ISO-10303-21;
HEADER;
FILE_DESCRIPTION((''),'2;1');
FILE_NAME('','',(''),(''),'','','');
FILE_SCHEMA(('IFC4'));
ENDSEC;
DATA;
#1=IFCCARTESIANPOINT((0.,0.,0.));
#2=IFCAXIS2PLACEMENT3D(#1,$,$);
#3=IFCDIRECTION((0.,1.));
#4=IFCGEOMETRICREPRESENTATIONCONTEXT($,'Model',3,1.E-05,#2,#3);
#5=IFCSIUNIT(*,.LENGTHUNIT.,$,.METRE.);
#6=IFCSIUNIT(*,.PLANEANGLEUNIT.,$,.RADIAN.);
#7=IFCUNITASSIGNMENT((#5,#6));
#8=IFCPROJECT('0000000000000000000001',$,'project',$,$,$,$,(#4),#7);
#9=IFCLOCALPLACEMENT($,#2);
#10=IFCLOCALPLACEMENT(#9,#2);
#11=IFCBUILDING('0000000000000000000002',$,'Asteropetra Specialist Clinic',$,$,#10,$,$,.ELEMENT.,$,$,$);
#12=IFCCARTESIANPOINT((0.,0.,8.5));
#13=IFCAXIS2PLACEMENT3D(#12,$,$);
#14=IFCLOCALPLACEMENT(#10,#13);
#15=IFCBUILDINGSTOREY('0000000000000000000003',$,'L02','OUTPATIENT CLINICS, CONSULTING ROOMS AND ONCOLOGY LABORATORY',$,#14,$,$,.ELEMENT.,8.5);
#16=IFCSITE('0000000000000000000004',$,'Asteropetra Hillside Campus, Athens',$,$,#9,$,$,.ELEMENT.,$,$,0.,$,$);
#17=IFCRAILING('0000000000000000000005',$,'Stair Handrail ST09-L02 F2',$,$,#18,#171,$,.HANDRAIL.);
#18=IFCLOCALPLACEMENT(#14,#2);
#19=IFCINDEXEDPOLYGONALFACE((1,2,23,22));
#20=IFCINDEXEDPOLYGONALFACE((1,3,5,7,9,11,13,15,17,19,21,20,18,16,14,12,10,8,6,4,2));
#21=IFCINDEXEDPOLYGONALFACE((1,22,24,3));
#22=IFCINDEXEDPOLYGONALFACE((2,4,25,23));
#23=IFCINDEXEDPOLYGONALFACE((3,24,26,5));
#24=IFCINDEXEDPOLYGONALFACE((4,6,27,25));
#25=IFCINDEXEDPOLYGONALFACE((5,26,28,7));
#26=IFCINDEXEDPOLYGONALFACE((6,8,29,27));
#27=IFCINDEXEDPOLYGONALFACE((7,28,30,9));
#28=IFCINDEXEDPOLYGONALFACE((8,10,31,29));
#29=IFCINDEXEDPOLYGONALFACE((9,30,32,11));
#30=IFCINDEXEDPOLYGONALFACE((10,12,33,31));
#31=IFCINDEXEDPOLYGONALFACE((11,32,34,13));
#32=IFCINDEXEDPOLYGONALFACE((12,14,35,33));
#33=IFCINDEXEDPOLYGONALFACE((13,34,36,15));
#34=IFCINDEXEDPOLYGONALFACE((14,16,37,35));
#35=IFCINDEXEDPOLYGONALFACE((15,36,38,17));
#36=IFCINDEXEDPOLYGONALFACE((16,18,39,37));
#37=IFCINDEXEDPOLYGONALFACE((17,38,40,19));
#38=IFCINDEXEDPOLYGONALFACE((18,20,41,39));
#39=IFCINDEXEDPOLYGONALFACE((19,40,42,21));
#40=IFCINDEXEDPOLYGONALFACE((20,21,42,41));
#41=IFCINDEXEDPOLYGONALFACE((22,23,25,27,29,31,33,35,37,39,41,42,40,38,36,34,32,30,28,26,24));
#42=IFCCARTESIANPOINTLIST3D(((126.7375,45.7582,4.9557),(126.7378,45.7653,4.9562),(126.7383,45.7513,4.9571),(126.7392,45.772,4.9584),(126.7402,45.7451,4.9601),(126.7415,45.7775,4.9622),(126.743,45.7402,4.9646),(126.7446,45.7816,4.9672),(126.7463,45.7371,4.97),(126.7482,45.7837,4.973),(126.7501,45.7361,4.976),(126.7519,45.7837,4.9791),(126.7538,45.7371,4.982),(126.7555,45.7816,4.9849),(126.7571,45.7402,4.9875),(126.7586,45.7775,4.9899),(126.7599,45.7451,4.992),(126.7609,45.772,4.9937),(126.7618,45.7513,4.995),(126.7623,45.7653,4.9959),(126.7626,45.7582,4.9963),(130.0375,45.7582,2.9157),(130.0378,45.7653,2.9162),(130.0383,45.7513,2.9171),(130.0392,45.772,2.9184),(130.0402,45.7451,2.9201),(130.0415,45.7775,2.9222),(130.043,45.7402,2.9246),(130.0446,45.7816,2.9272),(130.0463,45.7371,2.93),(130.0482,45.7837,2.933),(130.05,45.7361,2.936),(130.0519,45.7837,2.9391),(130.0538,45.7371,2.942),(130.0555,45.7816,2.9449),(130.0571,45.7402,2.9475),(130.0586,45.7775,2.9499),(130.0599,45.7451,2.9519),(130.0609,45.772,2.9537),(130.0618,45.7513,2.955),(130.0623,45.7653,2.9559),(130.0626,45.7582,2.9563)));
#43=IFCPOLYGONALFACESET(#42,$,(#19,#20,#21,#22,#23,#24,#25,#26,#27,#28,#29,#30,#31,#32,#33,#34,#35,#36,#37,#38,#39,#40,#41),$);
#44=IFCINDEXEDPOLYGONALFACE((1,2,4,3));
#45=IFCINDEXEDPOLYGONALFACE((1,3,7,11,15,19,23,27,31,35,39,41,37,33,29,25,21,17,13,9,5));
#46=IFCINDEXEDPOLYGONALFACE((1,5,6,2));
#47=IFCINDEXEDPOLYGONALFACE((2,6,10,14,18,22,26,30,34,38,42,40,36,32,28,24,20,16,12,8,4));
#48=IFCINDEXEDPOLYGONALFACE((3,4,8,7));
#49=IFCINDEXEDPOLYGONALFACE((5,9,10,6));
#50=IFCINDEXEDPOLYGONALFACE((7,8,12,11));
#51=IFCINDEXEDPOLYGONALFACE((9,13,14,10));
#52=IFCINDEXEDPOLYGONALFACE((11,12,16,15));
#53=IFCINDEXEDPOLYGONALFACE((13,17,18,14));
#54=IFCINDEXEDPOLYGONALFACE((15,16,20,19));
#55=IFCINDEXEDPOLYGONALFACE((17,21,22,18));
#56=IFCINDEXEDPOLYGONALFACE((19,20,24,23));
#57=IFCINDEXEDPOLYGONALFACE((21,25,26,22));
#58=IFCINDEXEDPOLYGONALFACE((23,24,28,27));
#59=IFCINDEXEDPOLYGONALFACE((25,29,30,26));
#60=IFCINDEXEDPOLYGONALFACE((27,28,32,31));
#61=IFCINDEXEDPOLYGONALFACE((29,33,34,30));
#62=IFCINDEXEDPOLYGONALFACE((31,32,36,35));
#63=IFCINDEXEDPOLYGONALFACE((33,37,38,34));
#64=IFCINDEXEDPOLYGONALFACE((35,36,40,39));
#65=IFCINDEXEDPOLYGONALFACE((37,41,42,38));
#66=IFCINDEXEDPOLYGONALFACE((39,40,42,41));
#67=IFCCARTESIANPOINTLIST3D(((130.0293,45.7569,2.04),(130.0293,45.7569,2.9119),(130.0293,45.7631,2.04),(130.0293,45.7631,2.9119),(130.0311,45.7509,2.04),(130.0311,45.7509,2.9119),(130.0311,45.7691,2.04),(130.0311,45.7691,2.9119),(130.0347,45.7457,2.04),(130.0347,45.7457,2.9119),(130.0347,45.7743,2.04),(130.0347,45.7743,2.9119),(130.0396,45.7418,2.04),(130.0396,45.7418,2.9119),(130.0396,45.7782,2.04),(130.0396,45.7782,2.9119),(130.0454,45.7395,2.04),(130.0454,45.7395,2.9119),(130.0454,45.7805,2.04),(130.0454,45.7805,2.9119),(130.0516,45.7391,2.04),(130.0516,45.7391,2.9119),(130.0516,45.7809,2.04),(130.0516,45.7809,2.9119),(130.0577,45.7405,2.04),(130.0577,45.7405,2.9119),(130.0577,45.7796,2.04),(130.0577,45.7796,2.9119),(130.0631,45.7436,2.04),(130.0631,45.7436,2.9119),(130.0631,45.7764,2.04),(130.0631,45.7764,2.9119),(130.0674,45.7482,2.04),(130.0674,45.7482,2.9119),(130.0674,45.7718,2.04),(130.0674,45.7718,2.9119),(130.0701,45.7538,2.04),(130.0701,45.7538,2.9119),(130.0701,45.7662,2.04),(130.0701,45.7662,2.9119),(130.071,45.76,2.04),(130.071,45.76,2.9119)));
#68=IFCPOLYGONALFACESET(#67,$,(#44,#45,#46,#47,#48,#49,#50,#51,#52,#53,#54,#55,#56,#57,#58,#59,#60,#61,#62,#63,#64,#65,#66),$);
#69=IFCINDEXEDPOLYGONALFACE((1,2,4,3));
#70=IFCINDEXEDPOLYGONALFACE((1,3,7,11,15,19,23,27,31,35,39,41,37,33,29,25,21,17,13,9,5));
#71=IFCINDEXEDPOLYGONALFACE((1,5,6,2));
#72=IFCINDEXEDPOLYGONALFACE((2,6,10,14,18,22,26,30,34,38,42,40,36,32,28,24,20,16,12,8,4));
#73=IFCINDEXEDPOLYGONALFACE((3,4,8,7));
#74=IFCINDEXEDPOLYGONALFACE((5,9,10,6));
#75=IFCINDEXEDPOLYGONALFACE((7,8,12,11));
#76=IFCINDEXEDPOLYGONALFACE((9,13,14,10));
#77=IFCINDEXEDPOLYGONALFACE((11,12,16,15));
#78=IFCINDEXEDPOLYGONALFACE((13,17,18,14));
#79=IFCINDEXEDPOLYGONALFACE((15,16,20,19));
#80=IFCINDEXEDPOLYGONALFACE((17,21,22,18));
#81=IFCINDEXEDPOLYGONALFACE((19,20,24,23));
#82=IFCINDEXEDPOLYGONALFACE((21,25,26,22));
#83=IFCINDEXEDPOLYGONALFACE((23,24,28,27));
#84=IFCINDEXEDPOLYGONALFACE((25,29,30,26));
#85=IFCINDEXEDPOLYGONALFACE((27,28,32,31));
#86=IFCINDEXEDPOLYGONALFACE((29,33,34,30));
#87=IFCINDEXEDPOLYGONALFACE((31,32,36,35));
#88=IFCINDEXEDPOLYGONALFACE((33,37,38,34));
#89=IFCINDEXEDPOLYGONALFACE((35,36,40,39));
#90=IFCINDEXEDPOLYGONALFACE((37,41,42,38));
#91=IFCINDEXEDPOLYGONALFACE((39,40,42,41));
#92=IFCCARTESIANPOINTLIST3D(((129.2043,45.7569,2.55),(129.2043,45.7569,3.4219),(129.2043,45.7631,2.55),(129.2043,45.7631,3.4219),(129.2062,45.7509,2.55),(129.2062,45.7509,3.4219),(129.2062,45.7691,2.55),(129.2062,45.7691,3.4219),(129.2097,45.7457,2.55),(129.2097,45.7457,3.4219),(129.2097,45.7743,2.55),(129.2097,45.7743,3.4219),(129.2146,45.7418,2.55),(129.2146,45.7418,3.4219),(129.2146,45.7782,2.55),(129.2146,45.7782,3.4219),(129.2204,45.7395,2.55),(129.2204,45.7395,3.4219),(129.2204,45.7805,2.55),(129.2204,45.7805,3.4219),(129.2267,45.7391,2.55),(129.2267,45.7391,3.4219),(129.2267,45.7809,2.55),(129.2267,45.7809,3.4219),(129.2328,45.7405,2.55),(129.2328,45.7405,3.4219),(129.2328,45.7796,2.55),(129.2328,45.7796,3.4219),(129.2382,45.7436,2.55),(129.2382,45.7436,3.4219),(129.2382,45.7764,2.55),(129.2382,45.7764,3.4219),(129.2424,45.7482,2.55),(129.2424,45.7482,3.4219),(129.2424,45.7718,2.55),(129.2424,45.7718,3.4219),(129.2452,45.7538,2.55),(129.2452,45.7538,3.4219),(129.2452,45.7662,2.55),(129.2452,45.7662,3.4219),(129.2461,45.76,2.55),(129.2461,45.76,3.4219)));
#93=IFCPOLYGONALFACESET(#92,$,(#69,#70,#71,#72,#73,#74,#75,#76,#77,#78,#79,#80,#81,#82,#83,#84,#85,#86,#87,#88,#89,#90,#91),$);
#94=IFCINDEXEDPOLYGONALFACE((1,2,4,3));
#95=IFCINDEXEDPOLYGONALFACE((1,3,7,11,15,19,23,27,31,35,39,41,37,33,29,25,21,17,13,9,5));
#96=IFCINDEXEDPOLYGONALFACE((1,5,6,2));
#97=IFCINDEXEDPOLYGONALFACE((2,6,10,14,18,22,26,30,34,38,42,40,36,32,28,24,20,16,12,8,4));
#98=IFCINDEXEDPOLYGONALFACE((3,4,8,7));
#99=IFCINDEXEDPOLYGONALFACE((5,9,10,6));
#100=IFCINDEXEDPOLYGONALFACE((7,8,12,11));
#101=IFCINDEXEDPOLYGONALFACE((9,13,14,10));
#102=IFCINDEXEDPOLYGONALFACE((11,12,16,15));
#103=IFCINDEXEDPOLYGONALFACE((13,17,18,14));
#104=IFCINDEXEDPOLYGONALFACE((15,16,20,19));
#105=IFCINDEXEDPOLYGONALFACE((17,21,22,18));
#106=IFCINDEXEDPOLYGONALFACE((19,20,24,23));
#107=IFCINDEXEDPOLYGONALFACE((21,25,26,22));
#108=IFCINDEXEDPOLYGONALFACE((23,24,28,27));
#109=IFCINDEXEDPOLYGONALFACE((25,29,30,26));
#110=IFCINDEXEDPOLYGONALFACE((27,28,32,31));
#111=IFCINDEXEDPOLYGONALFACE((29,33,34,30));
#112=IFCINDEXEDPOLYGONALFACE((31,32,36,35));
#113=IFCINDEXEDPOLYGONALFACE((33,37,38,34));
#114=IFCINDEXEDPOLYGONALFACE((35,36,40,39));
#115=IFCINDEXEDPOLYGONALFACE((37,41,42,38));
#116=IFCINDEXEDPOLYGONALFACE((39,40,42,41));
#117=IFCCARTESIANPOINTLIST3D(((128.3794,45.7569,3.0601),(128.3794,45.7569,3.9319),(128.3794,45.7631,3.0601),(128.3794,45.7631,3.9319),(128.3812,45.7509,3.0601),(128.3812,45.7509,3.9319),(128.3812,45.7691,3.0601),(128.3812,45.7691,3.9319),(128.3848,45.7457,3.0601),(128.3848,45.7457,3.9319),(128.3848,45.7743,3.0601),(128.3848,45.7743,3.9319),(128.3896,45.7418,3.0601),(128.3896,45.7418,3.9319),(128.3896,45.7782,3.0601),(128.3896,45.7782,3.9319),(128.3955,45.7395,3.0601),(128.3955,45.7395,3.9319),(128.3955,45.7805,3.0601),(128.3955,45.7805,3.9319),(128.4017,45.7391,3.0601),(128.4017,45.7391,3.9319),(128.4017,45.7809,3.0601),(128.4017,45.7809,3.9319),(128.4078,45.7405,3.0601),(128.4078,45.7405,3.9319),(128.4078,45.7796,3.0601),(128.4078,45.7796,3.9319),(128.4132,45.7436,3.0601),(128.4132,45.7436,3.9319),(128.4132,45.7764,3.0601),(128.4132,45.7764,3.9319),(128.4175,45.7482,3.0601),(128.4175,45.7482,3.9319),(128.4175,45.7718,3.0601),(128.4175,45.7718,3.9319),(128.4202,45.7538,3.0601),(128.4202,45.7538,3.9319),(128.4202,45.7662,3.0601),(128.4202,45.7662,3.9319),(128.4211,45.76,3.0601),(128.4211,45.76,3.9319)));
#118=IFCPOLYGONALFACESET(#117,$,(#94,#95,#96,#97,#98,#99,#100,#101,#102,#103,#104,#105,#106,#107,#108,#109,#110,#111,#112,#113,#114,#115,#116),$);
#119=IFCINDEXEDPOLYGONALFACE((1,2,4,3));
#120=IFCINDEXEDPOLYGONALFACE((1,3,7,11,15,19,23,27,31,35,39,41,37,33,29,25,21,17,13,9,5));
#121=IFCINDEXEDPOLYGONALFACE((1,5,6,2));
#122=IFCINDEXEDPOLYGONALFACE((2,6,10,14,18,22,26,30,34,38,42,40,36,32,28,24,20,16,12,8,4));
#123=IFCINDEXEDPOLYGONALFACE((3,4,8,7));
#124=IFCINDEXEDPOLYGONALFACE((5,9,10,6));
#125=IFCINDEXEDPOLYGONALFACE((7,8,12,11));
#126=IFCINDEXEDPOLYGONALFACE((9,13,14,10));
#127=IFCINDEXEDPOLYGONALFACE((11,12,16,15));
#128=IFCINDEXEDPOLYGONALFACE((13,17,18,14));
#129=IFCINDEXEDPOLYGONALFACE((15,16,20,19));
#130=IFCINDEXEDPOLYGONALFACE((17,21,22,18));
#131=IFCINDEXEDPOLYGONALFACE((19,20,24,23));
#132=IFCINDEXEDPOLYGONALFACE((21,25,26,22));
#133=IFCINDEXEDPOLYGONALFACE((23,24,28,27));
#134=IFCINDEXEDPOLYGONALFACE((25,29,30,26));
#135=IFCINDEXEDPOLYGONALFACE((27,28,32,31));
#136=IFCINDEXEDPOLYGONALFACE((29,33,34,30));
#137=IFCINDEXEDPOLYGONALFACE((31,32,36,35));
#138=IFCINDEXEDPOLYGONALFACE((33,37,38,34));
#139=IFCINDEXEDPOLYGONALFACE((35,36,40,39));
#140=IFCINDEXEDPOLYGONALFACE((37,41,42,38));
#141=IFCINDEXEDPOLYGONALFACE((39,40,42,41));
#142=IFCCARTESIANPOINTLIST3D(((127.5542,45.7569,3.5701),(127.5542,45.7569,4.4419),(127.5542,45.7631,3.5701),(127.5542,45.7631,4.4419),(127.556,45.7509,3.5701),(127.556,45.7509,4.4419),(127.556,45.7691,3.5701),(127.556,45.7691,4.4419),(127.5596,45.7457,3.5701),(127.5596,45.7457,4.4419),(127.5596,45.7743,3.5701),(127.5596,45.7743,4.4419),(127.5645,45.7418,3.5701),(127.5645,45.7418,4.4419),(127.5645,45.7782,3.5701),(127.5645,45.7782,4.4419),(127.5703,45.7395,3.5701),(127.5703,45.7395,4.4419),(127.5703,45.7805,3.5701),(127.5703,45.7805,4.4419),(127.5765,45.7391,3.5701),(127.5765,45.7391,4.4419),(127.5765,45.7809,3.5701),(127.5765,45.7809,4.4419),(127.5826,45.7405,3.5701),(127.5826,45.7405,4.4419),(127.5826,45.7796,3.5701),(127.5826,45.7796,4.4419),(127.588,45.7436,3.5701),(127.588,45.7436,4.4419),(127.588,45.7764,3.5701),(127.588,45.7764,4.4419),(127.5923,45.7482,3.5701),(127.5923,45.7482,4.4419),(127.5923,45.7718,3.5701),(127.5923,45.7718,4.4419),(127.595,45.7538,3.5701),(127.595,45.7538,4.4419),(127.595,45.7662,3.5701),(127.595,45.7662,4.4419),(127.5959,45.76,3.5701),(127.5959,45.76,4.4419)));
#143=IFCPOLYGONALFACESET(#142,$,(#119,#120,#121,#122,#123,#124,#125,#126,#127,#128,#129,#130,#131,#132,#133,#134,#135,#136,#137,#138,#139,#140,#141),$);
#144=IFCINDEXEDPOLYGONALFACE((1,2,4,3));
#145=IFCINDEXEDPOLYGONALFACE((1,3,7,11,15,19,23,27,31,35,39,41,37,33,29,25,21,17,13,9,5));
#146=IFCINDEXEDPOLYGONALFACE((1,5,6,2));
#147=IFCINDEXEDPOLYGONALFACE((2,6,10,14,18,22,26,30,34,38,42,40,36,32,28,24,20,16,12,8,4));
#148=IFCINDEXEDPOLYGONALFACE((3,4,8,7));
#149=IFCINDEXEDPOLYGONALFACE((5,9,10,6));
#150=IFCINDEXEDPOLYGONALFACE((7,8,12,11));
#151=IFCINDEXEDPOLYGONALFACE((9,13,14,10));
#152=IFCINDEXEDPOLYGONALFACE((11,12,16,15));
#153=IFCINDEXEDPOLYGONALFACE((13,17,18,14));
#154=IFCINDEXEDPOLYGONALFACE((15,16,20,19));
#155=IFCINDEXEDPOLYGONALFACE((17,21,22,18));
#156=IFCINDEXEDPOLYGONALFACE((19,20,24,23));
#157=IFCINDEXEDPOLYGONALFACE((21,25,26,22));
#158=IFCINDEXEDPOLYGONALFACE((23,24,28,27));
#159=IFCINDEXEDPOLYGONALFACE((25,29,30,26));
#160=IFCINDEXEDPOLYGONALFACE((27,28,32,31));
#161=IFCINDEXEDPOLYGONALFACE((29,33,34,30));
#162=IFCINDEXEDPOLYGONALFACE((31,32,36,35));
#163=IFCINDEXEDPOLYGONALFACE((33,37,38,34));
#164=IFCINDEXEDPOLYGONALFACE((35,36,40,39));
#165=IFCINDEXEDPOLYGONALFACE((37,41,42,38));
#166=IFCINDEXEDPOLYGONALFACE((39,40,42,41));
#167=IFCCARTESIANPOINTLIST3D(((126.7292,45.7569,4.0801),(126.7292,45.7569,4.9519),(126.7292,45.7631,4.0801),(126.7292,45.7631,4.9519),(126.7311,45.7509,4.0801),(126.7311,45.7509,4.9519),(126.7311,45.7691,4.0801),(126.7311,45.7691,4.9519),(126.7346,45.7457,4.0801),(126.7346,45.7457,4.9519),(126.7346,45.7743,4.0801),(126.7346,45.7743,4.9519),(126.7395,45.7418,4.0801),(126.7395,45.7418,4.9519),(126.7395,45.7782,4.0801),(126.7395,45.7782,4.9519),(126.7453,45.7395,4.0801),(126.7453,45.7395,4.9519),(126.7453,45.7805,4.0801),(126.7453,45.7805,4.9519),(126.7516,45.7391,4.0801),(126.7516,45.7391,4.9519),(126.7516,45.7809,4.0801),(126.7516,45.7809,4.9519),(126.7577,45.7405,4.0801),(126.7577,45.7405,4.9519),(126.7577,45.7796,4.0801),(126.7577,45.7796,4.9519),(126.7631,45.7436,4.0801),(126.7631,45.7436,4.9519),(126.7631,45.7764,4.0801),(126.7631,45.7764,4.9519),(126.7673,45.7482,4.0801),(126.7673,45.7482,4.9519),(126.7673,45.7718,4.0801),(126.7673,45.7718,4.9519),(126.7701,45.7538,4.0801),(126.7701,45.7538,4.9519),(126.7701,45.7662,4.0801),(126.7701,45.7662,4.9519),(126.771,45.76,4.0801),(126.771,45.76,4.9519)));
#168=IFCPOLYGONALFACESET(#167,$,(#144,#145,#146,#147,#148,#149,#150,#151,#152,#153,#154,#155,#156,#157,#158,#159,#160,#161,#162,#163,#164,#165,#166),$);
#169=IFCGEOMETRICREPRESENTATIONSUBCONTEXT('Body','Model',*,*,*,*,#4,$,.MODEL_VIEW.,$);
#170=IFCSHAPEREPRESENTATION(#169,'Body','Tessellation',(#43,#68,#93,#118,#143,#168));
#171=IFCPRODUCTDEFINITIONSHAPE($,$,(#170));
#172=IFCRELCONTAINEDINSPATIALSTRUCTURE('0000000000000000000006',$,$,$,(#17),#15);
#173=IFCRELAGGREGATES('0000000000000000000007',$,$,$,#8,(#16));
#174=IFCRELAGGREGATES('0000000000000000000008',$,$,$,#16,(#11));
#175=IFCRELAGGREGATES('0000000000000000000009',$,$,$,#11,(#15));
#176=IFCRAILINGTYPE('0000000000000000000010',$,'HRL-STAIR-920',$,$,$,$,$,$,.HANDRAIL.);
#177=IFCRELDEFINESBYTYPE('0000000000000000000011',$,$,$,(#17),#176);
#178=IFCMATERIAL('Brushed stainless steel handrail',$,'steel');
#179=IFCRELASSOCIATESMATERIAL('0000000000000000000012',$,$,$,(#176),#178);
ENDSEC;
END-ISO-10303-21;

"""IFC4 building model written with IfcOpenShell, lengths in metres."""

from ifc_helpers import new_model, si_unit, direction, frame, origin, origin_2d, place, context, subcontext, project, spatial, circle, extrude, material, type_object, element, save


model = new_model("IFC4")

# Units and contexts
model_context = context("Model", 3, precision=1e-05, world=origin(), true_north=direction((0.0, 1.0)))
body_context = subcontext(model_context, "Body", "Model", "MODEL_VIEW")
ifc_project = project(units=[si_unit("LENGTHUNIT", "METRE"), si_unit("PLANEANGLEUNIT", "RADIAN")], contexts=[model_context])

# Site, building, storey
site_placement = place(None, origin())
site = spatial("IfcSite", under=ifc_project, at=site_placement, Name="Asteropetra Hillside Campus, Athens", CompositionType="ELEMENT", RefElevation=0.0)
building_placement = place(site_placement, origin())
building = spatial("IfcBuilding", under=site, at=building_placement, Name="Asteropetra Specialist Clinic", CompositionType="ELEMENT")
storey_placement = place(building_placement, frame((0.0, 0.0, 8.5)))
storey = spatial("IfcBuildingStorey", under=building, at=storey_placement, Name="L02", Description="OUTPATIENT CLINICS, CONSULTING ROOMS AND ONCOLOGY LABORATORY", CompositionType="ELEMENT", Elevation=8.5)

# Railing
ifc_material_1 = material(Name="Brushed stainless steel handrail", Category="steel")
railing_type_1 = type_object("IfcRailingType", Name="HRL-STAIR-920", PredefinedType="HANDRAIL", material=ifc_material_1)
railing_1_placement = place(storey_placement, frame((130.05, 45.76, 2.04)))
element("IfcRailing", 1, at=railing_1_placement, inside=storey, type_object=railing_type_1, Name="Stair Handrail ST09-L02 F2", PredefinedType="HANDRAIL", context=body_context, shape_type="SweptSolid", body=[
    extrude(circle(Radius=0.0239, at=origin_2d()), frame((0.0, 0.0, 0.896), z_axis=(-0.850594, 0.0, 0.525824), x_axis=(0.0, -1.0, 0.0)), (0.0, 0.0, 1.0), 3.8796),
    extrude(circle(Radius=0.021, at=origin_2d()), origin(), (0.0, 0.0, 1.0), 0.8718),
    extrude(circle(Radius=0.021, at=origin_2d()), frame((-0.825, 0.0, 0.51)), (0.0, 0.0, 1.0), 0.8718),
    extrude(circle(Radius=0.021, at=origin_2d()), frame((-1.6499, 0.0, 1.02)), (0.0, 0.0, 1.0), 0.8718),
    extrude(circle(Radius=0.021, at=origin_2d()), frame((-2.4751, 0.0, 1.53)), (0.0, 0.0, 1.0), 0.8718),
    extrude(circle(Radius=0.021, at=origin_2d()), frame((-3.3, 0.0, 2.04)), (0.0, 0.0, 1.0), 0.8718),
])

save(model, "model.ifc")
